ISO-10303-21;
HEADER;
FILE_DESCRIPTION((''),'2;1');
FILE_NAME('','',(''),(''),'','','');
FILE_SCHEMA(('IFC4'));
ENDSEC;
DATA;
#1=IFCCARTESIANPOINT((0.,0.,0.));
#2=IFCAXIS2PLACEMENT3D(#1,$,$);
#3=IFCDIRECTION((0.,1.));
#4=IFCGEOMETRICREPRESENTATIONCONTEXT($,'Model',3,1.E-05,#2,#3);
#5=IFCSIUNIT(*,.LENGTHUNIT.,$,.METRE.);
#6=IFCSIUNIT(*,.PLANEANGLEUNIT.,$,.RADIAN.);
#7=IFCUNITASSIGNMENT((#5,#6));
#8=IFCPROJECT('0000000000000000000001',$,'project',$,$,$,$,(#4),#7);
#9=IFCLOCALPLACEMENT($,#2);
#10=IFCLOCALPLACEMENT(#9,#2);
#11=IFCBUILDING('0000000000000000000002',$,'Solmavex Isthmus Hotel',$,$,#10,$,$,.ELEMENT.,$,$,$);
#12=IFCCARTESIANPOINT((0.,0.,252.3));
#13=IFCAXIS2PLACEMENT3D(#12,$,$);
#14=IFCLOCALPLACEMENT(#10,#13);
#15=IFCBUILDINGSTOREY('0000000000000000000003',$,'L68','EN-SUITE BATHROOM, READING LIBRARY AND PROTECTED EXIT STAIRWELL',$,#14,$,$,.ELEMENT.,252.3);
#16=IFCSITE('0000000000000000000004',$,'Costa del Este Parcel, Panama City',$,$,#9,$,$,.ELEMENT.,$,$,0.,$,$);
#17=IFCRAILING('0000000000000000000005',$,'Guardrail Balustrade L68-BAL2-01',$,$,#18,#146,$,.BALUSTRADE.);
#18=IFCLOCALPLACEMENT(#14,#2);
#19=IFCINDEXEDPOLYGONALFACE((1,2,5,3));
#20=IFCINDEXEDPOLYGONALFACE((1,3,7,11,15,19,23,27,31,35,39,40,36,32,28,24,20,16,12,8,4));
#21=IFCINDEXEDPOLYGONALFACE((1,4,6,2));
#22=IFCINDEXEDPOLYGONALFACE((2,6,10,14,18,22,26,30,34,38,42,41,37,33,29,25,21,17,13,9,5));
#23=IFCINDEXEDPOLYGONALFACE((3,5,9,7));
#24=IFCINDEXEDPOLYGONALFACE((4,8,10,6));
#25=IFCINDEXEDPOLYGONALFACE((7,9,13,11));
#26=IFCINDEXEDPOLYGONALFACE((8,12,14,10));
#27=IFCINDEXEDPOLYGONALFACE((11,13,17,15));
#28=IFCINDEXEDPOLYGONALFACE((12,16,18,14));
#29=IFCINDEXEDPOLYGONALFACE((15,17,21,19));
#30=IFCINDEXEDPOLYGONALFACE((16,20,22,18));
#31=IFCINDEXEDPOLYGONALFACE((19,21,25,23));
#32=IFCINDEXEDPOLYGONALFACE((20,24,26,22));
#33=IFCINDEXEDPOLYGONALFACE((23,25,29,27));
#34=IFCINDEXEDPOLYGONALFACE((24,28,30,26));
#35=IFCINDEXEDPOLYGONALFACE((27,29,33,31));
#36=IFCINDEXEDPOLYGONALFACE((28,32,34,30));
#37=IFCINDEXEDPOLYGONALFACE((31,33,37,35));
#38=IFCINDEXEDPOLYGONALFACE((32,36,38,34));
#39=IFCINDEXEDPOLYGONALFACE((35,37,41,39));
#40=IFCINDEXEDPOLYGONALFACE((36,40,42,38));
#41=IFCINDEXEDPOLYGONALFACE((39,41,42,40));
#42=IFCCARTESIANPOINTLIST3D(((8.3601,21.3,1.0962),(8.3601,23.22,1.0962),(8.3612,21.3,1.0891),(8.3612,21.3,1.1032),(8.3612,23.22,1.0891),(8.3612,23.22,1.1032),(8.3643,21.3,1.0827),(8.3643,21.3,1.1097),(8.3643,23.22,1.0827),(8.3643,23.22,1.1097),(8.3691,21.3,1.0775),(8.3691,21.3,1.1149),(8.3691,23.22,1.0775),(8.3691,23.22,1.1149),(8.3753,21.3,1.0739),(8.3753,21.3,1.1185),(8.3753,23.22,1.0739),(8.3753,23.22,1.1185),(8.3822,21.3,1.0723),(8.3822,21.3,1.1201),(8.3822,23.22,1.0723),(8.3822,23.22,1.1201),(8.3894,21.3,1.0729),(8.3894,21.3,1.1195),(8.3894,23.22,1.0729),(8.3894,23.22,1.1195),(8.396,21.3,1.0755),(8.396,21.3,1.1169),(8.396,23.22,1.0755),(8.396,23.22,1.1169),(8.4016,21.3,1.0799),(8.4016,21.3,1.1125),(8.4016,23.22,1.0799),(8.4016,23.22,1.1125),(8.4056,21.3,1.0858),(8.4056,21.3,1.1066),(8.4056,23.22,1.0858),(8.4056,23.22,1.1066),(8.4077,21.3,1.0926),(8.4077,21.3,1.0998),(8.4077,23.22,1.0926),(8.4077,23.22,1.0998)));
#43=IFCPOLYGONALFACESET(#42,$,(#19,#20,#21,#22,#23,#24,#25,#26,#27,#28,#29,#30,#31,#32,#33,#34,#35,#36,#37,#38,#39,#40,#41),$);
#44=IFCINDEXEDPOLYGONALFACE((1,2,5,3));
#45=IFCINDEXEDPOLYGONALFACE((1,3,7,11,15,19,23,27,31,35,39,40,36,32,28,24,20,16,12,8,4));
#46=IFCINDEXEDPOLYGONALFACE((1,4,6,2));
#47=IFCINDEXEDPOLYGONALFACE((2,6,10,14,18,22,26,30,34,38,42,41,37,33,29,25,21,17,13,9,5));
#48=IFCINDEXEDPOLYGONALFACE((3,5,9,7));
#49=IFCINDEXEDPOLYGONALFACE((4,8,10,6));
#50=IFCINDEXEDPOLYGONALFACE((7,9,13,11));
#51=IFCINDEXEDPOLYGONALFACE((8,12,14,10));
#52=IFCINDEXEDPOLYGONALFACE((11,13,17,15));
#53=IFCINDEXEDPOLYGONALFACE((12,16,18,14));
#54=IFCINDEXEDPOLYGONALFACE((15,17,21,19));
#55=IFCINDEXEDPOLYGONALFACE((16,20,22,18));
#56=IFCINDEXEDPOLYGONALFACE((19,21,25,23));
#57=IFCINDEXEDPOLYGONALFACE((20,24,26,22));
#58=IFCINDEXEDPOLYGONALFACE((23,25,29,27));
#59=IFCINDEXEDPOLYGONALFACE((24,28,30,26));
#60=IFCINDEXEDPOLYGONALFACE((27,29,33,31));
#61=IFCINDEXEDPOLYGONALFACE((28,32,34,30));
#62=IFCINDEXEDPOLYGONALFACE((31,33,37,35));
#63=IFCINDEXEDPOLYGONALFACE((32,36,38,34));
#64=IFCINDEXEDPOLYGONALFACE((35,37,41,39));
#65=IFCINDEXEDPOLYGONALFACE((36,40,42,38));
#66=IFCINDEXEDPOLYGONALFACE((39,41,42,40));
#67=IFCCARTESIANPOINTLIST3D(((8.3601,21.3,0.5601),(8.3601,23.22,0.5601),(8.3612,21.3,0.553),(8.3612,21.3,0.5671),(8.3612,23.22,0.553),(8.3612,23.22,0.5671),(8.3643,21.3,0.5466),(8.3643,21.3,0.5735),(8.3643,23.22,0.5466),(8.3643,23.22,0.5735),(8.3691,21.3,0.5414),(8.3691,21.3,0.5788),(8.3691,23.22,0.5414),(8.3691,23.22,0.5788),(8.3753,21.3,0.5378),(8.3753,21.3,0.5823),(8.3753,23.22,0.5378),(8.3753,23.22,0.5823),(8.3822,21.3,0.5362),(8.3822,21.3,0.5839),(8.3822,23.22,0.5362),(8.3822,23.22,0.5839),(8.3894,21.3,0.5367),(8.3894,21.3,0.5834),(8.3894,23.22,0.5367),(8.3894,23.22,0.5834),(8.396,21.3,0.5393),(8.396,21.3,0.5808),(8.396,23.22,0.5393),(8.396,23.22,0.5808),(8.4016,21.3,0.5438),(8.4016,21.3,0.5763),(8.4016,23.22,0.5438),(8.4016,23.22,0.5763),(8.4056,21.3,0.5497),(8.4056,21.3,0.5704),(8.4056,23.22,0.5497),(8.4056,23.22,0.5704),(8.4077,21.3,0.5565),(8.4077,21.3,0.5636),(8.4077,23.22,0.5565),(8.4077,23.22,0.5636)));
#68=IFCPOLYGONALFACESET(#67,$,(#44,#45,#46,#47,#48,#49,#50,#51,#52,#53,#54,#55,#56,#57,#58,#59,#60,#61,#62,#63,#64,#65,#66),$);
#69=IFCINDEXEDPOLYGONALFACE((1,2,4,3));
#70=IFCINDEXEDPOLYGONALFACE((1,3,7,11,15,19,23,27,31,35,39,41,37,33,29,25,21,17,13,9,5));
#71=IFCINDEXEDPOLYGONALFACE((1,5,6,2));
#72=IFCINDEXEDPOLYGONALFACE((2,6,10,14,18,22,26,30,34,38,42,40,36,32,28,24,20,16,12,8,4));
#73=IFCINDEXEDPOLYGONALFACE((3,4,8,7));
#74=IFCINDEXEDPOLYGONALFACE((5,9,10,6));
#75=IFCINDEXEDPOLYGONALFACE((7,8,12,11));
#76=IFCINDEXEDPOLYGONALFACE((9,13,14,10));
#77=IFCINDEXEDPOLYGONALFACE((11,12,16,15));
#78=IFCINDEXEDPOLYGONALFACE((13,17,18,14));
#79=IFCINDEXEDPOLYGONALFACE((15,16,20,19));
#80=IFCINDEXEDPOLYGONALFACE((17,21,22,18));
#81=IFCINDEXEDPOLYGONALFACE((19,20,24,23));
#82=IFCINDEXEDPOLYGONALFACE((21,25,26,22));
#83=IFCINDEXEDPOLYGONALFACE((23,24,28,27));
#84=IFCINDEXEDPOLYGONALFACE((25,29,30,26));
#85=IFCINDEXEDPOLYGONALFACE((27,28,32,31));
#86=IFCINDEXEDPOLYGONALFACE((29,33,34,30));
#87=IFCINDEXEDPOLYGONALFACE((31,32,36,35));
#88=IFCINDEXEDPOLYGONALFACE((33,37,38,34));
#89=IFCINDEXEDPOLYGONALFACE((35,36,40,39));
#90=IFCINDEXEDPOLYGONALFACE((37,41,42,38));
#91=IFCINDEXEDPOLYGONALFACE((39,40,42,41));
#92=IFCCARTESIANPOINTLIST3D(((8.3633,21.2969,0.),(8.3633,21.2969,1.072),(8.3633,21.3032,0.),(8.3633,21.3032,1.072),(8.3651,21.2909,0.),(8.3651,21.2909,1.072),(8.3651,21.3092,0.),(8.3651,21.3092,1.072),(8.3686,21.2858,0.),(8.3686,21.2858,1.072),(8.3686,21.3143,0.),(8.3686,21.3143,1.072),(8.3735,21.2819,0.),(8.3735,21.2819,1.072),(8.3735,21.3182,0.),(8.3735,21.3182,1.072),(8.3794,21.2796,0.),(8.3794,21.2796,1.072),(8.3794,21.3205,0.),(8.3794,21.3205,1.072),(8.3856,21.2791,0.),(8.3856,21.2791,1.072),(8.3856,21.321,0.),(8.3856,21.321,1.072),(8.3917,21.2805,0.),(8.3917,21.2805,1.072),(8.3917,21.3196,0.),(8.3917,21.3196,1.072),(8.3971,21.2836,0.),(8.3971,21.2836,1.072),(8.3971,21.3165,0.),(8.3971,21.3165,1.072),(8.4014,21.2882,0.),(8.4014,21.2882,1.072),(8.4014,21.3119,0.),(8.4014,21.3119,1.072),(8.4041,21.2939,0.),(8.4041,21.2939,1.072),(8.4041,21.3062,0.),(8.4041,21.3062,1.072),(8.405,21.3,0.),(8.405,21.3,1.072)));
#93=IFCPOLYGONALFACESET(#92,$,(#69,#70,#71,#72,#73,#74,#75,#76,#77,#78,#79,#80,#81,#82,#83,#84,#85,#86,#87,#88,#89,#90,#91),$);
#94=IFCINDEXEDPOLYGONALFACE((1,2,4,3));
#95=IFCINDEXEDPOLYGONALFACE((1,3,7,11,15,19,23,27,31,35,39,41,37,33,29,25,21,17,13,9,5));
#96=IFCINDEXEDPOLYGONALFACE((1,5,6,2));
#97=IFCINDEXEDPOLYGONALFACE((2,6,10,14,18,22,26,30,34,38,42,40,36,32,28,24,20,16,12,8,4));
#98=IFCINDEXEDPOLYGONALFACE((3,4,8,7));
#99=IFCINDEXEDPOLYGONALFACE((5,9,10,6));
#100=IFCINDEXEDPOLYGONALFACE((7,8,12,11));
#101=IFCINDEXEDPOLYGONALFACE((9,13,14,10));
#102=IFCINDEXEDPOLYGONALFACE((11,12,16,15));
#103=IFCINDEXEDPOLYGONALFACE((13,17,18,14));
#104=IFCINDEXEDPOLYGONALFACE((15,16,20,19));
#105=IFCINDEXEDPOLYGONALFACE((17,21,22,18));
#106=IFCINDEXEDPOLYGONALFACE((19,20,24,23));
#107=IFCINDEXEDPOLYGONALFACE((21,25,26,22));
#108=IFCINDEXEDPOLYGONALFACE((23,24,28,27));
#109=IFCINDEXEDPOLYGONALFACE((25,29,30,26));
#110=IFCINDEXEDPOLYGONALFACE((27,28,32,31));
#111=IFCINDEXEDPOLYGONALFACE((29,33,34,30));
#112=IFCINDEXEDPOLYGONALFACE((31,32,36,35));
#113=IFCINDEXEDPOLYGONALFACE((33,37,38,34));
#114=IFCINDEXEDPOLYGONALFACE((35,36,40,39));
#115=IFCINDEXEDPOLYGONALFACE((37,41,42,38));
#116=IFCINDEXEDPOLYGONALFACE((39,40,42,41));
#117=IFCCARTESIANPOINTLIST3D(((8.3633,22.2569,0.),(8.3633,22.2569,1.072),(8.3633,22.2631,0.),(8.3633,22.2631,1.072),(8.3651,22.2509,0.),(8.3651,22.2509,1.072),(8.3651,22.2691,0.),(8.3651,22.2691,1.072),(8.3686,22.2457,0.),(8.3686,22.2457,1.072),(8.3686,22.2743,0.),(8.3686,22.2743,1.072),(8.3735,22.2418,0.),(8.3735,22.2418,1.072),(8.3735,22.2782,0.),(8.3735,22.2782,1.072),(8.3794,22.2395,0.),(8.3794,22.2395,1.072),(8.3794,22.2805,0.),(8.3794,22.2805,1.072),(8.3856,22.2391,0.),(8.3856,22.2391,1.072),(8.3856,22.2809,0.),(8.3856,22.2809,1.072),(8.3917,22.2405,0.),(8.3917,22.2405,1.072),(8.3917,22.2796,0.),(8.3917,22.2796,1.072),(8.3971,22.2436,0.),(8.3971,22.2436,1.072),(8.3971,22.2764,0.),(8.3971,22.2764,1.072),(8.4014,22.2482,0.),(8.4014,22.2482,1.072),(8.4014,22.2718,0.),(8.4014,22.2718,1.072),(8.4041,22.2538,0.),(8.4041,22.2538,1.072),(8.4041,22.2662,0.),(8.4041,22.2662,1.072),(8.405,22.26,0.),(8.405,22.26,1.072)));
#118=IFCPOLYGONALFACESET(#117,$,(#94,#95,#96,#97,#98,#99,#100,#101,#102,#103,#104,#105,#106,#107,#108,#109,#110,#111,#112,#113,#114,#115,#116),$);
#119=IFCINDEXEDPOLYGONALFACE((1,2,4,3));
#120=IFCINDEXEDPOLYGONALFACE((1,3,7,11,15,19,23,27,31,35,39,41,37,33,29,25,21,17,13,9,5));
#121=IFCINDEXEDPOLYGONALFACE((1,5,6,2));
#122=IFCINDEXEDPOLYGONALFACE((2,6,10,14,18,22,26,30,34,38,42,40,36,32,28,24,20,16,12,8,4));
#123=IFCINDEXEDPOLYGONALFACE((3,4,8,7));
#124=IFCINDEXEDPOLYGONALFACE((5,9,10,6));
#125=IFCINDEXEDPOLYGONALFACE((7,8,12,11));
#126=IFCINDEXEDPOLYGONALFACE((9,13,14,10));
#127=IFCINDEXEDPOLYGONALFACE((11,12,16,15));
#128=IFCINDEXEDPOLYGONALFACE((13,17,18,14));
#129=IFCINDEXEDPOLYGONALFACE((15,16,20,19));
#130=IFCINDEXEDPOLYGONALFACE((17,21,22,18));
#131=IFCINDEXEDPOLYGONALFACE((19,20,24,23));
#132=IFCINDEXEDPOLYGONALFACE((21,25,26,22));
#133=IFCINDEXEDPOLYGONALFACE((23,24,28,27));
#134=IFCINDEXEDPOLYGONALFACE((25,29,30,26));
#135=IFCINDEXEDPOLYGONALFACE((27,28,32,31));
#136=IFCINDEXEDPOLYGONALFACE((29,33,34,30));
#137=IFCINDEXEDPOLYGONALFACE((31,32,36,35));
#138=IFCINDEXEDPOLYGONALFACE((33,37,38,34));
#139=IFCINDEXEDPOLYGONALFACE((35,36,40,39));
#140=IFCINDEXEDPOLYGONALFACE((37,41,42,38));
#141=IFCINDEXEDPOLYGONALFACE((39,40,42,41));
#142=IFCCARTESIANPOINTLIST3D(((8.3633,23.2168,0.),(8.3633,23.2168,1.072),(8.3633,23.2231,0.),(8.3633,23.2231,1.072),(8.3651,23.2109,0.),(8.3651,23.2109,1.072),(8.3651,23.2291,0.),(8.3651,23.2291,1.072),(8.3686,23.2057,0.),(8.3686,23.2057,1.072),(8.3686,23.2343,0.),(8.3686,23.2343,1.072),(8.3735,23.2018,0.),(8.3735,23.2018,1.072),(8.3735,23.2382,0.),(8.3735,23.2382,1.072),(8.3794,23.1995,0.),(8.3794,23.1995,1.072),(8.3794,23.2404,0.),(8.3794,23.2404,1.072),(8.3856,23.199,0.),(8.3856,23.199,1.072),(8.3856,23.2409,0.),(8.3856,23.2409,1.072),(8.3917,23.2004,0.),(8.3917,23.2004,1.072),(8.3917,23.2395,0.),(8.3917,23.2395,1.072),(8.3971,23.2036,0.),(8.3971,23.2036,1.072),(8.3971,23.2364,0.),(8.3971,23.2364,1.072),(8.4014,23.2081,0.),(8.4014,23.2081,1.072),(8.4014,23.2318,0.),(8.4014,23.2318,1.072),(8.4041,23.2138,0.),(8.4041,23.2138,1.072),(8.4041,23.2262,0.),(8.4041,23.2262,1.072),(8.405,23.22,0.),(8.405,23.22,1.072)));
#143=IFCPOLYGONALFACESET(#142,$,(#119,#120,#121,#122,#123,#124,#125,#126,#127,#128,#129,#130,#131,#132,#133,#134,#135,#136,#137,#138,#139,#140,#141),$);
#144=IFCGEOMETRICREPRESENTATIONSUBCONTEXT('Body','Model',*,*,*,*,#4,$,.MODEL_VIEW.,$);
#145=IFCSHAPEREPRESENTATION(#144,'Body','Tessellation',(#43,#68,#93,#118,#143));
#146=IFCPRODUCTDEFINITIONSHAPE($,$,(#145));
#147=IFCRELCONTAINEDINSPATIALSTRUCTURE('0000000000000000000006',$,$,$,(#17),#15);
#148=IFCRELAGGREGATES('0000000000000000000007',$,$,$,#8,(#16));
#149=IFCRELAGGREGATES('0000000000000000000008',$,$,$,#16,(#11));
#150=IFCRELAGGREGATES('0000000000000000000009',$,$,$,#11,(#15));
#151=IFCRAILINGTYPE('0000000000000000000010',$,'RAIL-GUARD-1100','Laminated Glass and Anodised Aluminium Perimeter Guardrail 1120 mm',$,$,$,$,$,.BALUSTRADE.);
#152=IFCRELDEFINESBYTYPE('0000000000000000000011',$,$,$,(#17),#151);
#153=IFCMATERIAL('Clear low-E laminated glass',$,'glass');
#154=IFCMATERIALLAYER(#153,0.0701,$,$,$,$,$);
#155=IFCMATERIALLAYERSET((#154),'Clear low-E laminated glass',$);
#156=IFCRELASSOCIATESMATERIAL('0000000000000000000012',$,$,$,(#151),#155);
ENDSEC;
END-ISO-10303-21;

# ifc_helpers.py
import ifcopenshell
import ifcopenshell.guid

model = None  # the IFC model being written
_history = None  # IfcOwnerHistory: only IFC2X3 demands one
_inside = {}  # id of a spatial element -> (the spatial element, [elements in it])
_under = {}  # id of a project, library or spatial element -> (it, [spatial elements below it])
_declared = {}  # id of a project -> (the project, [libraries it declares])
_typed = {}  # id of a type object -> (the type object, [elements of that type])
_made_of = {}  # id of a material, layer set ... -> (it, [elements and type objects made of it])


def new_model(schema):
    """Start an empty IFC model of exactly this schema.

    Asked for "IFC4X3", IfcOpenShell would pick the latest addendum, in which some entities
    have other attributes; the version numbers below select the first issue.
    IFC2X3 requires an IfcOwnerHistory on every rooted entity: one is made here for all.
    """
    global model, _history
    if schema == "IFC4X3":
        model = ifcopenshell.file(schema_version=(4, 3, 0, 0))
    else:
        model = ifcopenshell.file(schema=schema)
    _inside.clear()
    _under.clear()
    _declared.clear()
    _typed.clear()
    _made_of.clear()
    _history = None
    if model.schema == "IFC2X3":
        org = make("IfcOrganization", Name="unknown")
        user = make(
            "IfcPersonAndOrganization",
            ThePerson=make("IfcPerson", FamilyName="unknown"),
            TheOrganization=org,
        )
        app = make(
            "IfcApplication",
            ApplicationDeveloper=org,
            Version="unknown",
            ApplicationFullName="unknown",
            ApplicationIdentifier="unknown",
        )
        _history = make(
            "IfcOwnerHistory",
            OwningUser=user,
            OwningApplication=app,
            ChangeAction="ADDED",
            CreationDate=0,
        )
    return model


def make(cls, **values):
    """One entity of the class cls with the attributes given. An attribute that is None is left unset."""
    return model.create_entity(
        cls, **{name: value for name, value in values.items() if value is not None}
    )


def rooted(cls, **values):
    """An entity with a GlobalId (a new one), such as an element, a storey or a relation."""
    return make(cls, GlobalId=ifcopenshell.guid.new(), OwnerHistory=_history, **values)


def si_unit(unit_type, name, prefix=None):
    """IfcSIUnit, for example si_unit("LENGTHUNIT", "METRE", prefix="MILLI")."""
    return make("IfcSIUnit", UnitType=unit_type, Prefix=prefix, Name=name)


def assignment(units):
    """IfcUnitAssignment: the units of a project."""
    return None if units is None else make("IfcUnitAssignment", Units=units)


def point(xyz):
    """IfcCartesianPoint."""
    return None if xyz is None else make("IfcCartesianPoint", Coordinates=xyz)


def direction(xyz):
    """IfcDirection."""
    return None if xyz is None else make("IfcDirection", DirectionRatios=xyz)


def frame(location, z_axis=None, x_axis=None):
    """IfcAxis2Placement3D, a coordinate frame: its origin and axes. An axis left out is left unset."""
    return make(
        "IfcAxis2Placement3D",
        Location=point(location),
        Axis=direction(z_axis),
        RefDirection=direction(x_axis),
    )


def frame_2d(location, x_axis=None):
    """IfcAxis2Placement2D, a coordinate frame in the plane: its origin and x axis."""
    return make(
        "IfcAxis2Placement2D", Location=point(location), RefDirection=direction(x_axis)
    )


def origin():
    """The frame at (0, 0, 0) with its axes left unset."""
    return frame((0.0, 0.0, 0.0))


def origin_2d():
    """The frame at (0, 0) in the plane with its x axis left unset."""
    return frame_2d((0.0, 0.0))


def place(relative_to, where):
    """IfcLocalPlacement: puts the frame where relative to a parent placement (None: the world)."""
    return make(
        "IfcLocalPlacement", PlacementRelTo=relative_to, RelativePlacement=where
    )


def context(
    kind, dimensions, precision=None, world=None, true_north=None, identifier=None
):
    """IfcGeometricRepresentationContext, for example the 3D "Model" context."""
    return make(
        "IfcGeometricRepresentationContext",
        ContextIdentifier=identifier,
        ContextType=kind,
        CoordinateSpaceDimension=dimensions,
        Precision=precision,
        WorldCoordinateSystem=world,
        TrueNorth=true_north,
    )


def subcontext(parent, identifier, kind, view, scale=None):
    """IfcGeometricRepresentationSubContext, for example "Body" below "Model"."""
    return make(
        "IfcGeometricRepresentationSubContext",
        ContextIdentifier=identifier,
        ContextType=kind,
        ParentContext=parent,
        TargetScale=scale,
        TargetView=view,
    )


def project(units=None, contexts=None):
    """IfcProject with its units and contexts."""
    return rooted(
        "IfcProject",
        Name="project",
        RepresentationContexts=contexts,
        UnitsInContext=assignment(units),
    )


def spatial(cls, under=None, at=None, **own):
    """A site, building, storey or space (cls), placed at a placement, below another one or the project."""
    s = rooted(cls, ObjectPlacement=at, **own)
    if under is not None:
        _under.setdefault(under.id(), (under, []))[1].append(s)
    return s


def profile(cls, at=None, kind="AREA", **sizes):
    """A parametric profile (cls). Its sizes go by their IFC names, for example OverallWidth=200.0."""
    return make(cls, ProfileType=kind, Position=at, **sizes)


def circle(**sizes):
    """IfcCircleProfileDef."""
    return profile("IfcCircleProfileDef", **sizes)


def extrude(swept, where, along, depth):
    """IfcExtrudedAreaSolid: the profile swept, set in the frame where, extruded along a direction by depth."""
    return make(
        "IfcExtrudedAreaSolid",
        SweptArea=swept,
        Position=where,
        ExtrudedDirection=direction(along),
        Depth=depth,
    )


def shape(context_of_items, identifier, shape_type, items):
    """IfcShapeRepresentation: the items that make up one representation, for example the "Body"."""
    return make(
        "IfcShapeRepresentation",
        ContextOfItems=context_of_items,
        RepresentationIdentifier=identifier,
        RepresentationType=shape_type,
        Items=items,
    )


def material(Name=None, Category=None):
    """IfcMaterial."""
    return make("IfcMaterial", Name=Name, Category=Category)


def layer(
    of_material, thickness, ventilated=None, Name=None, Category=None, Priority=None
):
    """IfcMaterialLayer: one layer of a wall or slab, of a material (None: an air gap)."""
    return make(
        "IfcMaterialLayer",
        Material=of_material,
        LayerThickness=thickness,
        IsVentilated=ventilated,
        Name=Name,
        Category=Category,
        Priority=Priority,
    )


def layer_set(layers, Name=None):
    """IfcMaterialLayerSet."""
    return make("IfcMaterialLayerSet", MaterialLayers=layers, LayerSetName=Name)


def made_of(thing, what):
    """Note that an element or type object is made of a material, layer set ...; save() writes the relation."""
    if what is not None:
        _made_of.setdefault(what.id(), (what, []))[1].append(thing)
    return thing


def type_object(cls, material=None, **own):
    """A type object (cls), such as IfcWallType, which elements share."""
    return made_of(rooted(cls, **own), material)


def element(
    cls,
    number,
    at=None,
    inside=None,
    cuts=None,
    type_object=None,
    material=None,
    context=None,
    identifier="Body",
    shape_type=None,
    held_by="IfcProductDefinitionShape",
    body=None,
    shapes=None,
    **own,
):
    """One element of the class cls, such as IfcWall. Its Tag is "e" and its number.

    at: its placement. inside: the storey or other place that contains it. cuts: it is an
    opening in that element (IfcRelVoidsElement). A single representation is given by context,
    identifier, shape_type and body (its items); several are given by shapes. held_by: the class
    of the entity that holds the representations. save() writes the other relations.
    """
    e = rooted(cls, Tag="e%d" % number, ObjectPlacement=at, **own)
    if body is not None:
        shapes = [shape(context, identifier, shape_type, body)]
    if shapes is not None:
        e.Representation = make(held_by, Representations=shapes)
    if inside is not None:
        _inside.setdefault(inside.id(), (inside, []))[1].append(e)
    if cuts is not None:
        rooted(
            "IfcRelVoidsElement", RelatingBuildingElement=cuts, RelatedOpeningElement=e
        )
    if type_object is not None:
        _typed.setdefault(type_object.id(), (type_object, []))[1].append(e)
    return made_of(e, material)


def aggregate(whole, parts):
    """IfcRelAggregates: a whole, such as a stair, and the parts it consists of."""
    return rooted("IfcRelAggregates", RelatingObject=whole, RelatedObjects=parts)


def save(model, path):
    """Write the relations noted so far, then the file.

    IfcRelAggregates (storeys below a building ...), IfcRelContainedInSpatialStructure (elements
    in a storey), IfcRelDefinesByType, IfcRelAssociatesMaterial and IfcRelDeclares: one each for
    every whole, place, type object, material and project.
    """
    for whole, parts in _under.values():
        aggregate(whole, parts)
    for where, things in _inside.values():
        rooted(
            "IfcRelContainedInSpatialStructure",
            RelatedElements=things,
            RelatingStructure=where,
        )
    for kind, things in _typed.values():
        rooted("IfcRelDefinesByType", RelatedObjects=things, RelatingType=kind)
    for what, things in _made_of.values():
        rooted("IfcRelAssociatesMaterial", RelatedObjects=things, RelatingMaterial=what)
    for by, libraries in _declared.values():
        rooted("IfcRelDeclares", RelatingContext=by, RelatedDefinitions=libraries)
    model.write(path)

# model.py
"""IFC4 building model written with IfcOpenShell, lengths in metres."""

from ifc_helpers import new_model, si_unit, direction, frame, origin, origin_2d, place, context, subcontext, project, spatial, circle, extrude, material, layer, layer_set, type_object, element, save


model = new_model("IFC4")

# Units and contexts
model_context = context("Model", 3, precision=1e-05, world=origin(), true_north=direction((0.0, 1.0)))
body_context = subcontext(model_context, "Body", "Model", "MODEL_VIEW")
ifc_project = project(units=[si_unit("LENGTHUNIT", "METRE"), si_unit("PLANEANGLEUNIT", "RADIAN")], contexts=[model_context])

# Site, building, storey
site_placement = place(None, origin())
site = spatial("IfcSite", under=ifc_project, at=site_placement, Name="Costa del Este Parcel, Panama City", CompositionType="ELEMENT", RefElevation=0.0)
building_placement = place(site_placement, origin())
building = spatial("IfcBuilding", under=site, at=building_placement, Name="Solmavex Isthmus Hotel", CompositionType="ELEMENT")
storey_placement = place(building_placement, frame((0.0, 0.0, 252.3)))
storey = spatial("IfcBuildingStorey", under=building, at=storey_placement, Name="L68", Description="EN-SUITE BATHROOM, READING LIBRARY AND PROTECTED EXIT STAIRWELL", CompositionType="ELEMENT", Elevation=252.3)

# Shared definitions
ifc_material_1 = material(Name="Clear low-E laminated glass", Category="glass")

# Railing
ifc_layer_1 = layer(ifc_material_1, 0.0701)
ifc_layer_set_1 = layer_set([ifc_layer_1], Name="Clear low-E laminated glass")
railing_type = type_object("IfcRailingType", Name="RAIL-GUARD-1100", Description="Laminated Glass and Anodised Aluminium Perimeter Guardrail 1120 mm", PredefinedType="BALUSTRADE", material=ifc_layer_set_1)
railing_1_placement = place(storey_placement, frame((8.384, 21.3, 0.0)))
element("IfcRailing", 1, at=railing_1_placement, inside=storey, type_object=railing_type, Name="Guardrail Balustrade L68-BAL2-01", PredefinedType="BALUSTRADE", context=body_context, shape_type="SweptSolid", body=[
    extrude(circle(Radius=0.0239, at=origin_2d()), frame((0.0, 0.0, 1.0962), z_axis=(0.0, 1.0, 0.0), x_axis=(-1.0, 0.0, 0.0)), (0.0, 0.0, 1.0), 1.9199),
    extrude(circle(Radius=0.0239, at=origin_2d()), frame((0.0, 0.0, 0.5601), z_axis=(0.0, 1.0, 0.0), x_axis=(-1.0, 0.0, 0.0)), (0.0, 0.0, 1.0), 1.9199),
    extrude(circle(Radius=0.021, at=origin_2d()), origin(), (0.0, 0.0, 1.0), 1.072),
    extrude(circle(Radius=0.021, at=origin_2d()), frame((0.0, 0.96, 0.0)), (0.0, 0.0, 1.0), 1.072),
    extrude(circle(Radius=0.021, at=origin_2d()), frame((0.0, 1.9199, 0.0)), (0.0, 0.0, 1.0), 1.072),
])

save(model, "model.ifc")
